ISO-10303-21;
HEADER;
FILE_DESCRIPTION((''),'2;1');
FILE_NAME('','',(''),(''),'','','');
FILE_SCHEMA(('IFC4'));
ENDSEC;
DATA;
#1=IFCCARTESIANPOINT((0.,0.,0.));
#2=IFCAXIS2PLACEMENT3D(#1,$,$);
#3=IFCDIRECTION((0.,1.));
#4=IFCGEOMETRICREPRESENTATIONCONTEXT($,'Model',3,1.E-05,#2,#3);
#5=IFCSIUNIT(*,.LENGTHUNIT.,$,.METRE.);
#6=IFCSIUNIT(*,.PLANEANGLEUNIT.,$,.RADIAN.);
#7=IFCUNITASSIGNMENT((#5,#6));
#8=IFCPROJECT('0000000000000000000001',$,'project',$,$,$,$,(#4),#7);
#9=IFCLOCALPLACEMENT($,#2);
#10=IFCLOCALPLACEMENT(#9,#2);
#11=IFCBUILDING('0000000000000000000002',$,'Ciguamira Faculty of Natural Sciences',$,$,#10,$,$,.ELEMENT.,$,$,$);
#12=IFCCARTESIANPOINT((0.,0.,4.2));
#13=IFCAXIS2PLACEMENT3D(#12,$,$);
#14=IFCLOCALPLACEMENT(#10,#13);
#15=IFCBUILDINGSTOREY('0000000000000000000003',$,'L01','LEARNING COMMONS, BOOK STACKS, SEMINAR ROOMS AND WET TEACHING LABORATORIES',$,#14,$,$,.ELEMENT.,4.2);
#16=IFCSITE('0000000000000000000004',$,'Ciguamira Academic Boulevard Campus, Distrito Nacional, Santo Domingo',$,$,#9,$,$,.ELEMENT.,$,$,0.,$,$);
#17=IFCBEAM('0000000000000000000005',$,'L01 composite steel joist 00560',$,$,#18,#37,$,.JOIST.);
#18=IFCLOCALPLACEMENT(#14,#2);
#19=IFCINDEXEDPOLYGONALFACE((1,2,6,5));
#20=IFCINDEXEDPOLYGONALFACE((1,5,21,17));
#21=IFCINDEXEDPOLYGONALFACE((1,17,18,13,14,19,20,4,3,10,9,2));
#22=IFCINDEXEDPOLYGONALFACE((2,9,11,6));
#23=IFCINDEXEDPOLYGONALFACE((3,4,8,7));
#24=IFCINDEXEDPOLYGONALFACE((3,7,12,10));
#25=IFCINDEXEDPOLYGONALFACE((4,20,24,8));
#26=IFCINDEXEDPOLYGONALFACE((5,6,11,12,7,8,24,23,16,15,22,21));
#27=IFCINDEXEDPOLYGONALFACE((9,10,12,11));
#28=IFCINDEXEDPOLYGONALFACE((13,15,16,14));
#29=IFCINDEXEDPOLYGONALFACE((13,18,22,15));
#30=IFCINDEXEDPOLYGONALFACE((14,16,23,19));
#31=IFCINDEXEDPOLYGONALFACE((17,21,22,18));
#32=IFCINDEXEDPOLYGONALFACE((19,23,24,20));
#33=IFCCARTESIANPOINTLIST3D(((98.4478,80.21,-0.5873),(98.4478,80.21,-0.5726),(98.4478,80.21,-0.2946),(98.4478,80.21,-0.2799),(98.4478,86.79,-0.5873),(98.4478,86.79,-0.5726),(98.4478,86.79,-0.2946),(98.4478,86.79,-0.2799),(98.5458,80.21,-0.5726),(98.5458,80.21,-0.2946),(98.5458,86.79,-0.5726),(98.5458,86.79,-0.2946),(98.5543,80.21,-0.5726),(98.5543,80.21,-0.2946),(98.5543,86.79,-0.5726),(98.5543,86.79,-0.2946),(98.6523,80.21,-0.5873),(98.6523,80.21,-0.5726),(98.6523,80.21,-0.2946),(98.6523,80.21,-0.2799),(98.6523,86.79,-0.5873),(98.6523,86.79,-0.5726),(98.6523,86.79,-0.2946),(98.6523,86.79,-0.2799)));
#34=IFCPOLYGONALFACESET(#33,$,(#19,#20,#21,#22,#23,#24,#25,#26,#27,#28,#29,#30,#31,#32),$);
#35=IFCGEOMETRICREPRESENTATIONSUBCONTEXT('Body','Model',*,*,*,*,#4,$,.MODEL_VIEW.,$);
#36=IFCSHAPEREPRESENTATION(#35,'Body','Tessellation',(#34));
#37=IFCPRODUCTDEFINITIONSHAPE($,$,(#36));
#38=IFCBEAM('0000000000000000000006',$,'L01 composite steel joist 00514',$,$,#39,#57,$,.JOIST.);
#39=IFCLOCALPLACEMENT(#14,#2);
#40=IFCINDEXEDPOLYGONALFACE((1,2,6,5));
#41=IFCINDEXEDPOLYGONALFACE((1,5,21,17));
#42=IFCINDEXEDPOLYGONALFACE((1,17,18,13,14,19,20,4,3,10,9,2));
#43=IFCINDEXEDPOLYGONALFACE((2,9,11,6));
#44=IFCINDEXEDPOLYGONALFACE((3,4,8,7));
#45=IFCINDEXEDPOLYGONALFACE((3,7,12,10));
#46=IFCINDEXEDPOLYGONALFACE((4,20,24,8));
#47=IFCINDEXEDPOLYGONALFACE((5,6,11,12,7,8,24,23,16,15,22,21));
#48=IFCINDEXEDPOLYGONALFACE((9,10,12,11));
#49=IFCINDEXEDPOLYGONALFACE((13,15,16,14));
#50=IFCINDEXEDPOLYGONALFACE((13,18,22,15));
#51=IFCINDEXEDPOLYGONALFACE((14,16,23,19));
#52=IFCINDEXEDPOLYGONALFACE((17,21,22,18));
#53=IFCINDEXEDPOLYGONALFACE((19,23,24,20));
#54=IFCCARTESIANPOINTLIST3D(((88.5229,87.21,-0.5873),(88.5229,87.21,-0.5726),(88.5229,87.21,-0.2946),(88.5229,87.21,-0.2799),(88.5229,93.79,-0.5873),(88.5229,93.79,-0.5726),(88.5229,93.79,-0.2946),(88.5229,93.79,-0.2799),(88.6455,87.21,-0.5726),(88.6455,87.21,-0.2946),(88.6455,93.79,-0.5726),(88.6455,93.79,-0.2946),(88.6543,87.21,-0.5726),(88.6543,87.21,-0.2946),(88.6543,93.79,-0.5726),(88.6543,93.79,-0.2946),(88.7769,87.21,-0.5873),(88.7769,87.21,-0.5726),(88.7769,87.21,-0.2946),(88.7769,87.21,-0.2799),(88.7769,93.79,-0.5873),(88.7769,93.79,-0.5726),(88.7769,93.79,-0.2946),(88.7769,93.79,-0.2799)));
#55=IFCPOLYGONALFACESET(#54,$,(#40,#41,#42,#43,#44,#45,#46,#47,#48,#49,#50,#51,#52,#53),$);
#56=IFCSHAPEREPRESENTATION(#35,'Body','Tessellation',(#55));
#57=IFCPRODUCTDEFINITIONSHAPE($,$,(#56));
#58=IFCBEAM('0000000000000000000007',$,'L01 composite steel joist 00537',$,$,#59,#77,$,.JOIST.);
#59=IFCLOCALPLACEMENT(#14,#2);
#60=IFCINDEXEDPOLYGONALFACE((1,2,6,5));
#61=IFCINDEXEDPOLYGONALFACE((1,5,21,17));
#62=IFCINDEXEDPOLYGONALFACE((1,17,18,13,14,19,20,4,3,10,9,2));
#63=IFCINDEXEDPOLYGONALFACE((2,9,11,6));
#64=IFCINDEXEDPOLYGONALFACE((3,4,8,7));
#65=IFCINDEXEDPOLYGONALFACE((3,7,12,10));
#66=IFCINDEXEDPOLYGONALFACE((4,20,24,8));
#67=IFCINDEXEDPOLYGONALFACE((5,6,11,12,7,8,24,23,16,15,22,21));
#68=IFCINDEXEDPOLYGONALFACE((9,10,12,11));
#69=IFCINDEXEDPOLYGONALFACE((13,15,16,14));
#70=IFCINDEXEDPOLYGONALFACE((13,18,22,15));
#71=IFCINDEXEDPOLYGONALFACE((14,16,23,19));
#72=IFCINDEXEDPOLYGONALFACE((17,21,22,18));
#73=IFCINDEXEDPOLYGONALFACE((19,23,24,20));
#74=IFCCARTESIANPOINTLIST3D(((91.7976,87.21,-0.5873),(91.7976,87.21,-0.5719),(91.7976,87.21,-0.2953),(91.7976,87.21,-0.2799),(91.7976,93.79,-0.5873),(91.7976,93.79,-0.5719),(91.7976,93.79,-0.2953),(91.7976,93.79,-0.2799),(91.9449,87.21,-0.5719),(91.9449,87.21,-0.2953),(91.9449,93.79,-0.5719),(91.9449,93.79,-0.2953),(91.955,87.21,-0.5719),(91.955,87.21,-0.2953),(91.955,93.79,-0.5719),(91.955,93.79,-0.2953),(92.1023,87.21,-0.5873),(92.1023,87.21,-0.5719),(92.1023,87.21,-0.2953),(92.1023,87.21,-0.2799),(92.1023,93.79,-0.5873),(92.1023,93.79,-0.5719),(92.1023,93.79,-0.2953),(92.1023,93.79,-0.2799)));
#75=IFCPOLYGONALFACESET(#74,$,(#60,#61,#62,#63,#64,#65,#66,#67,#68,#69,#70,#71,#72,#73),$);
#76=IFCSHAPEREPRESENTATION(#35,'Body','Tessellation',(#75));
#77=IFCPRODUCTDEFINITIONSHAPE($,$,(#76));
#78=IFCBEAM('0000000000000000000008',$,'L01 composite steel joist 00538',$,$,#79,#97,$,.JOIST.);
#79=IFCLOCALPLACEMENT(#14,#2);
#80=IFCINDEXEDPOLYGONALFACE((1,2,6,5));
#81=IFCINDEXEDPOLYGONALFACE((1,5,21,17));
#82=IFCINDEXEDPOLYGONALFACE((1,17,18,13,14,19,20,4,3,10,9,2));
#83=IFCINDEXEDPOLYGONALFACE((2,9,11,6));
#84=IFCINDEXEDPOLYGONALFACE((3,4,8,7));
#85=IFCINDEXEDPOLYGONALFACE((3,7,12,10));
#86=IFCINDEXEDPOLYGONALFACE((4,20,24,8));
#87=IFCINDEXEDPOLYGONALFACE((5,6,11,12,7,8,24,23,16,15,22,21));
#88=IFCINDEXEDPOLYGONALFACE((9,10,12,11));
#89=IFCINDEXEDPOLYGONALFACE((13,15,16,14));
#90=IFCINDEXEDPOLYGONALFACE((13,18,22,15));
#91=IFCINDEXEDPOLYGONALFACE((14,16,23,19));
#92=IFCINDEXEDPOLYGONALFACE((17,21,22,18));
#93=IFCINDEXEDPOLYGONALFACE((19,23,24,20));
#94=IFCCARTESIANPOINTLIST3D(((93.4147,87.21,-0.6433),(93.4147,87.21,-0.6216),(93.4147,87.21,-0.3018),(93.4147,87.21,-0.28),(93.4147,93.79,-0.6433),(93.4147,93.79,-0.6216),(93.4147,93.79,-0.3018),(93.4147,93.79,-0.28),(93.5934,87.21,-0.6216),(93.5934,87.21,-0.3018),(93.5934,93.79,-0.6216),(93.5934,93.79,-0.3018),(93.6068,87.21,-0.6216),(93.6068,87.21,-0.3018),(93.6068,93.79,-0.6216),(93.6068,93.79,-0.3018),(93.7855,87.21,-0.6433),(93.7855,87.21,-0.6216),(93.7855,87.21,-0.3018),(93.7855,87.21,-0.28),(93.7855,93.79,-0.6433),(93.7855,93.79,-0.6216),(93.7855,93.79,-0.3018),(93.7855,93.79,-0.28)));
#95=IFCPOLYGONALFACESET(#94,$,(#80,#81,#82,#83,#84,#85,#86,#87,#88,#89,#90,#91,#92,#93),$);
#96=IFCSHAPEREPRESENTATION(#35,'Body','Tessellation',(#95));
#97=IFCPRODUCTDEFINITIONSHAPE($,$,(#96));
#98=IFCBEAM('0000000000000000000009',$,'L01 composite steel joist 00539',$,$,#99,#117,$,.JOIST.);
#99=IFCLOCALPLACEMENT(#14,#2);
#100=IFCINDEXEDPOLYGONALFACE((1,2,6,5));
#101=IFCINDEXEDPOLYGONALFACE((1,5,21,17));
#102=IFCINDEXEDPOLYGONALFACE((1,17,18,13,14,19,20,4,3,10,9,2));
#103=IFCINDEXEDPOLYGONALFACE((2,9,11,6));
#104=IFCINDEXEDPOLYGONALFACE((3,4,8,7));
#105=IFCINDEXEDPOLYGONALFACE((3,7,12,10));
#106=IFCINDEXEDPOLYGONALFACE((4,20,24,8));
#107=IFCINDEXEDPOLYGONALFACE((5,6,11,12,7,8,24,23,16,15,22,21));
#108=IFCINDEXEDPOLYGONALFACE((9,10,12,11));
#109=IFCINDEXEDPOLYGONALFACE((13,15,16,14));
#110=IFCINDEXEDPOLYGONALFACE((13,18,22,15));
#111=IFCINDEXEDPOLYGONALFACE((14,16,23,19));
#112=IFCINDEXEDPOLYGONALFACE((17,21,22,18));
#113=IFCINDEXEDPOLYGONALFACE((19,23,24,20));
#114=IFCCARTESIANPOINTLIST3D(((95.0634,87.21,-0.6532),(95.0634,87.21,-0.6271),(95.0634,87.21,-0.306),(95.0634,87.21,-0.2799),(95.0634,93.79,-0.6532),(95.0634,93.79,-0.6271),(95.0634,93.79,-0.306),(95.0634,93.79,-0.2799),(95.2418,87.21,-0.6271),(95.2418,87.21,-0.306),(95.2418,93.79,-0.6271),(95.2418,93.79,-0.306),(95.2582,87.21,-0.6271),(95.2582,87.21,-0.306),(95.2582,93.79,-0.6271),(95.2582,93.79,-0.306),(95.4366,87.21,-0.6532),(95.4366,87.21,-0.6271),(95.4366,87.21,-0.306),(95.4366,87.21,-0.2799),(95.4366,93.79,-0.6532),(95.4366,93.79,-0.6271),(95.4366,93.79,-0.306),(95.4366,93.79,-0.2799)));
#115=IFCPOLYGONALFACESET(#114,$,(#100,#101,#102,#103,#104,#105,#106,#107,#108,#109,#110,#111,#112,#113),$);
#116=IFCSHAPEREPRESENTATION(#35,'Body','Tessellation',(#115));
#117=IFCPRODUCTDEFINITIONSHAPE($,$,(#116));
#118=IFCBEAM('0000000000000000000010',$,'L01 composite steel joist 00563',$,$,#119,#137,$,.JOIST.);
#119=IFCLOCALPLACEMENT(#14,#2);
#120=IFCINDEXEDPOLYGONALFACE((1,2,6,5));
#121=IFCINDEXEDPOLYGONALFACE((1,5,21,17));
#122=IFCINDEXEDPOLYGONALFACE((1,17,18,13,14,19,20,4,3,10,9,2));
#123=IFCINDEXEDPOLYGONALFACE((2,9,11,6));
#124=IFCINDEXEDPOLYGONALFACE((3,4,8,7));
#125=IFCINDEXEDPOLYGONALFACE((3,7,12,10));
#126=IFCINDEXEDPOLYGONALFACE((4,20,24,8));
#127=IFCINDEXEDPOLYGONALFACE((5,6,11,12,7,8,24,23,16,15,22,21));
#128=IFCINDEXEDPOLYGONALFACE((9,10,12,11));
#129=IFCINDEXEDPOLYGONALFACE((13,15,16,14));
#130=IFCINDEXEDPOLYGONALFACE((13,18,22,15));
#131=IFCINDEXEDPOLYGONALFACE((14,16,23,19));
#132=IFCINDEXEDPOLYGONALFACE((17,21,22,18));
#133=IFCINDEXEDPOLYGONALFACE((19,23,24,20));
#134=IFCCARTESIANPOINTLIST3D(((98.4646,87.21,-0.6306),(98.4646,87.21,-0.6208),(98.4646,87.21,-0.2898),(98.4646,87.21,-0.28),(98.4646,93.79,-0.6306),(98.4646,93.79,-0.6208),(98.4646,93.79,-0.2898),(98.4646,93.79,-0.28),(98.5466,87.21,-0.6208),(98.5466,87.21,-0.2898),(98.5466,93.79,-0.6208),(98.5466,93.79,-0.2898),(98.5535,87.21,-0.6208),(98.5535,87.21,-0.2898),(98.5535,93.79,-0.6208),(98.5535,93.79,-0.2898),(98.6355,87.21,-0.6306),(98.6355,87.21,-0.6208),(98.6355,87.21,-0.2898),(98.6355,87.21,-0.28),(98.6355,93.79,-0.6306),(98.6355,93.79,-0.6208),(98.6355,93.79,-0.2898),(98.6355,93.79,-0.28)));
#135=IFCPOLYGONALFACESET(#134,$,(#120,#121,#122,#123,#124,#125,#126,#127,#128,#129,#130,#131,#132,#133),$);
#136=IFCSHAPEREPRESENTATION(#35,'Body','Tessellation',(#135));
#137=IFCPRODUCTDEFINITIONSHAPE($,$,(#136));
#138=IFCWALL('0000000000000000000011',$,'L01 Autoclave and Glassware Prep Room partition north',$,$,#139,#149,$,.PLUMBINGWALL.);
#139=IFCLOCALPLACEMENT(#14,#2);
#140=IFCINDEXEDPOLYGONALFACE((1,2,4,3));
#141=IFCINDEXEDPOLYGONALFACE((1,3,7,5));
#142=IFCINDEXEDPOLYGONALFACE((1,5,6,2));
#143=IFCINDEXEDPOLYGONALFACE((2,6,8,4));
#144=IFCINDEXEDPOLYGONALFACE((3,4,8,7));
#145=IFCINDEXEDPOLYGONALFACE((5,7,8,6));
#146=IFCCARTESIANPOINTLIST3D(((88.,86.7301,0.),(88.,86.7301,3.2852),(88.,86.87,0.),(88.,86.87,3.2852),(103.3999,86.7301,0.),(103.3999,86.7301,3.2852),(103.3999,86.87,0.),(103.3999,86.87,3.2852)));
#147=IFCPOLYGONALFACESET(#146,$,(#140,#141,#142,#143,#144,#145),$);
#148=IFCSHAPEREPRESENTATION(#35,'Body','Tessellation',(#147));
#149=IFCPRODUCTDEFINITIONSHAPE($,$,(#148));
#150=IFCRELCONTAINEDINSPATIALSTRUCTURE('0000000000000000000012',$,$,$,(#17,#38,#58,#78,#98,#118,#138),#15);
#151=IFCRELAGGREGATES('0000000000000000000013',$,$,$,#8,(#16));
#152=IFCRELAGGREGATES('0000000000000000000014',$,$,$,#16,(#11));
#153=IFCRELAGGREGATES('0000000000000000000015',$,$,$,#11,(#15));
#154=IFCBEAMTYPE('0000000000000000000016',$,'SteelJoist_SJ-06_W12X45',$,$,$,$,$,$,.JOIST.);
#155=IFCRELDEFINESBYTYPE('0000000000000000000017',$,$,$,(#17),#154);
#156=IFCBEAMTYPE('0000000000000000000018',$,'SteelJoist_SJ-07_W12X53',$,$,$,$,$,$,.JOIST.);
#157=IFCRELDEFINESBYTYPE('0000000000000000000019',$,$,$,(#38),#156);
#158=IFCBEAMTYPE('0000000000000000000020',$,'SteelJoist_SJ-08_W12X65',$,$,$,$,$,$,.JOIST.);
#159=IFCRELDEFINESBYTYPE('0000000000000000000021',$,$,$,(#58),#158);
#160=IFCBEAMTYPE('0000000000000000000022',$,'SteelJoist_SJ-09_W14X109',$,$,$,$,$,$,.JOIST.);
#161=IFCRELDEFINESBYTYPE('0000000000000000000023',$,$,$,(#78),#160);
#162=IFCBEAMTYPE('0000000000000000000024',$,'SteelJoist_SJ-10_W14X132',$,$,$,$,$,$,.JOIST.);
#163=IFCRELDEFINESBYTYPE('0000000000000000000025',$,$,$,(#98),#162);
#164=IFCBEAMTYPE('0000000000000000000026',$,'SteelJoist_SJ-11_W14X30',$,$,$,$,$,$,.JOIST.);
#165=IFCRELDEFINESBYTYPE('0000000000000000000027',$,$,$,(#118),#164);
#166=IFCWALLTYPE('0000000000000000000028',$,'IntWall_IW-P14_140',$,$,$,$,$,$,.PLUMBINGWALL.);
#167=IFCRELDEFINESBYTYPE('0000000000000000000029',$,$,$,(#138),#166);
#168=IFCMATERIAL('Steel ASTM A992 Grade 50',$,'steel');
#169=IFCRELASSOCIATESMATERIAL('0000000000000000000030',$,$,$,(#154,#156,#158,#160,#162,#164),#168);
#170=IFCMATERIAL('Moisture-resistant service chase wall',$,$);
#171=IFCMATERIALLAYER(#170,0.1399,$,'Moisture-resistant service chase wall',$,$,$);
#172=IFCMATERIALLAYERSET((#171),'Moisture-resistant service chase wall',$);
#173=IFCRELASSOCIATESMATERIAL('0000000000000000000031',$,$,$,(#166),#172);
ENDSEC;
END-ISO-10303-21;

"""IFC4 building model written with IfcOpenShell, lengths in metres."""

from ifc_helpers import new_model, si_unit, direction, frame, frame_2d, origin, origin_2d, place, context, subcontext, project, spatial, rectangle, i_section, extrude, material, layer, layer_set, material_profile, profile_set, type_object, element, save


model = new_model("IFC4")

# Units and contexts
model_context = context("Model", 3, precision=1e-05, world=origin(), true_north=direction((0.0, 1.0)))
body_context = subcontext(model_context, "Body", "Model", "MODEL_VIEW")
ifc_project = project(units=[si_unit("LENGTHUNIT", "METRE"), si_unit("PLANEANGLEUNIT", "RADIAN")], contexts=[model_context])

# Site, building, storey
site_placement = place(None, origin())
site = spatial("IfcSite", under=ifc_project, at=site_placement, Name="Ciguamira Academic Boulevard Campus, Distrito Nacional, Santo Domingo", CompositionType="ELEMENT", RefElevation=0.0)
building_placement = place(site_placement, origin())
building = spatial("IfcBuilding", under=site, at=building_placement, Name="Ciguamira Faculty of Natural Sciences", CompositionType="ELEMENT")
storey_placement = place(building_placement, frame((0.0, 0.0, 4.2)))
storey = spatial("IfcBuildingStorey", under=building, at=storey_placement, Name="L01", Description="LEARNING COMMONS, BOOK STACKS, SEMINAR ROOMS AND WET TEACHING LABORATORIES", CompositionType="ELEMENT", Elevation=4.2)

# Beams
ifc_material_1 = material(Name="Steel ASTM A992 Grade 50", Category="steel")
ifc_material_profile_1 = material_profile(ifc_material_1, i_section(OverallWidth=0.2046, OverallDepth=0.3074, WebThickness=0.0085, FlangeThickness=0.0146, at=origin_2d()), Name="W12X45")
ifc_profile_set_1 = profile_set([ifc_material_profile_1], Name="Steel ASTM A992 Grade 50")
beam_type_1 = type_object("IfcBeamType", Name="SteelJoist_SJ-06_W12X45", PredefinedType="JOIST", material=ifc_profile_set_1)
for number, where, z_axis, x_axis, name in (
    (1, (98.55, 80.21, -0.4336), (0.0, 1.0, 0.0), (-1.0, 0.0, 0.0), "L01 composite steel joist 00560"),
):
    element("IfcBeam", number, at=place(storey_placement, frame(where, z_axis=z_axis, x_axis=x_axis)), inside=storey, type_object=beam_type_1, Name=name, PredefinedType="JOIST", context=body_context, shape_type="SweptSolid", body=[
        extrude(i_section(OverallWidth=0.2046, OverallDepth=0.3074, WebThickness=0.0085, FlangeThickness=0.0146, at=origin_2d()), origin(), (0.0, 0.0, 1.0), 6.5801),
    ])
ifc_material_profile_2 = material_profile(ifc_material_1, i_section(OverallWidth=0.2539, OverallDepth=0.3074, WebThickness=0.0088, FlangeThickness=0.0146, at=origin_2d()), Name="W12X53")
ifc_profile_set_2 = profile_set([ifc_material_profile_2], Name="Steel ASTM A992 Grade 50")
beam_type_2 = type_object("IfcBeamType", Name="SteelJoist_SJ-07_W12X53", PredefinedType="JOIST", material=ifc_profile_set_2)
beam_1_placement = place(storey_placement, frame((88.6499, 87.21, -0.4336), z_axis=(0.0, 1.0, 0.0), x_axis=(-1.0, 0.0, 0.0)))
element("IfcBeam", 2, at=beam_1_placement, inside=storey, type_object=beam_type_2, Name="L01 composite steel joist 00514", PredefinedType="JOIST", context=body_context, shape_type="SweptSolid", body=[
    extrude(i_section(OverallWidth=0.2539, OverallDepth=0.3074, WebThickness=0.0088, FlangeThickness=0.0146, at=origin_2d()), origin(), (0.0, 0.0, 1.0), 6.5801),
])
ifc_material_profile_3 = material_profile(ifc_material_1, i_section(OverallWidth=0.3047, OverallDepth=0.3074, WebThickness=0.01, FlangeThickness=0.0154, at=origin_2d()), Name="W12X65")
ifc_profile_set_3 = profile_set([ifc_material_profile_3], Name="Steel ASTM A992 Grade 50")
beam_type_3 = type_object("IfcBeamType", Name="SteelJoist_SJ-08_W12X65", PredefinedType="JOIST", material=ifc_profile_set_3)
beam_2_placement = place(storey_placement, frame((91.95, 87.21, -0.4336), z_axis=(0.0, 1.0, 0.0), x_axis=(-1.0, 0.0, 0.0)))
element("IfcBeam", 3, at=beam_2_placement, inside=storey, type_object=beam_type_3, Name="L01 composite steel joist 00537", PredefinedType="JOIST", context=body_context, shape_type="SweptSolid", body=[
    extrude(i_section(OverallWidth=0.3047, OverallDepth=0.3074, WebThickness=0.01, FlangeThickness=0.0154, at=origin_2d()), origin(), (0.0, 0.0, 1.0), 6.5801),
])
ifc_material_profile_4 = material_profile(ifc_material_1, i_section(OverallWidth=0.3708, OverallDepth=0.3633, WebThickness=0.0134, FlangeThickness=0.0217, at=origin_2d()), Name="W14X109")
ifc_profile_set_4 = profile_set([ifc_material_profile_4], Name="Steel ASTM A992 Grade 50")
beam_type_4 = type_object("IfcBeamType", Name="SteelJoist_SJ-09_W14X109", PredefinedType="JOIST", material=ifc_profile_set_4)
beam_3_placement = place(storey_placement, frame((93.6001, 87.21, -0.4617), z_axis=(0.0, 1.0, 0.0), x_axis=(-1.0, 0.0, 0.0)))
element("IfcBeam", 4, at=beam_3_placement, inside=storey, type_object=beam_type_4, Name="L01 composite steel joist 00538", PredefinedType="JOIST", context=body_context, shape_type="SweptSolid", body=[
    extrude(i_section(OverallWidth=0.3708, OverallDepth=0.3633, WebThickness=0.0134, FlangeThickness=0.0217, at=origin_2d()), origin(), (0.0, 0.0, 1.0), 6.5801),
])
ifc_material_profile_5 = material_profile(ifc_material_1, i_section(OverallWidth=0.3733, OverallDepth=0.3733, WebThickness=0.0164, FlangeThickness=0.0261, at=origin_2d()), Name="W14X132")
ifc_profile_set_5 = profile_set([ifc_material_profile_5], Name="Steel ASTM A992 Grade 50")
beam_type_5 = type_object("IfcBeamType", Name="SteelJoist_SJ-10_W14X132", PredefinedType="JOIST", material=ifc_profile_set_5)
beam_4_placement = place(storey_placement, frame((95.25, 87.21, -0.4666), z_axis=(0.0, 1.0, 0.0), x_axis=(-1.0, 0.0, 0.0)))
element("IfcBeam", 5, at=beam_4_placement, inside=storey, type_object=beam_type_5, Name="L01 composite steel joist 00539", PredefinedType="JOIST", context=body_context, shape_type="SweptSolid", body=[
    extrude(i_section(OverallWidth=0.3733, OverallDepth=0.3733, WebThickness=0.0164, FlangeThickness=0.0261, at=origin_2d()), origin(), (0.0, 0.0, 1.0), 6.5801),
])
ifc_material_profile_6 = material_profile(ifc_material_1, i_section(OverallWidth=0.1709, OverallDepth=0.3506, WebThickness=0.0068, FlangeThickness=0.0098, at=origin_2d()), Name="W14X30")
ifc_profile_set_6 = profile_set([ifc_material_profile_6], Name="Steel ASTM A992 Grade 50")
beam_type_6 = type_object("IfcBeamType", Name="SteelJoist_SJ-11_W14X30", PredefinedType="JOIST", material=ifc_profile_set_6)
beam_5_placement = place(storey_placement, frame((98.55, 87.21, -0.4553), z_axis=(0.0, 1.0, 0.0), x_axis=(-1.0, 0.0, 0.0)))
element("IfcBeam", 6, at=beam_5_placement, inside=storey, type_object=beam_type_6, Name="L01 composite steel joist 00563", PredefinedType="JOIST", context=body_context, shape_type="SweptSolid", body=[
    extrude(i_section(OverallWidth=0.1709, OverallDepth=0.3506, WebThickness=0.0068, FlangeThickness=0.0098, at=origin_2d()), origin(), (0.0, 0.0, 1.0), 6.5801),
])

# Wall
ifc_material_2 = material(Name="Moisture-resistant service chase wall")
ifc_layer = layer(ifc_material_2, 0.1399, Name="Moisture-resistant service chase wall")
ifc_layer_set = layer_set([ifc_layer], Name="Moisture-resistant service chase wall")
wall_type = type_object("IfcWallType", Name="IntWall_IW-P14_140", PredefinedType="PLUMBINGWALL", material=ifc_layer_set)
wall_placement = place(storey_placement, frame((88.0, 86.8, 0.0), z_axis=(0.0, 0.0, 1.0), x_axis=(1.0, 0.0, 0.0)))
element("IfcWall", 7, at=wall_placement, inside=storey, type_object=wall_type, Name="L01 Autoclave and Glassware Prep Room partition north", PredefinedType="PLUMBINGWALL", context=body_context, shape_type="SweptSolid", body=[
    extrude(rectangle(XDim=15.3999, YDim=0.1399, at=frame_2d((7.7, 0.0))), origin(), (0.0, 0.0, 1.0), 3.2852),
])

save(model, "model.ifc")
